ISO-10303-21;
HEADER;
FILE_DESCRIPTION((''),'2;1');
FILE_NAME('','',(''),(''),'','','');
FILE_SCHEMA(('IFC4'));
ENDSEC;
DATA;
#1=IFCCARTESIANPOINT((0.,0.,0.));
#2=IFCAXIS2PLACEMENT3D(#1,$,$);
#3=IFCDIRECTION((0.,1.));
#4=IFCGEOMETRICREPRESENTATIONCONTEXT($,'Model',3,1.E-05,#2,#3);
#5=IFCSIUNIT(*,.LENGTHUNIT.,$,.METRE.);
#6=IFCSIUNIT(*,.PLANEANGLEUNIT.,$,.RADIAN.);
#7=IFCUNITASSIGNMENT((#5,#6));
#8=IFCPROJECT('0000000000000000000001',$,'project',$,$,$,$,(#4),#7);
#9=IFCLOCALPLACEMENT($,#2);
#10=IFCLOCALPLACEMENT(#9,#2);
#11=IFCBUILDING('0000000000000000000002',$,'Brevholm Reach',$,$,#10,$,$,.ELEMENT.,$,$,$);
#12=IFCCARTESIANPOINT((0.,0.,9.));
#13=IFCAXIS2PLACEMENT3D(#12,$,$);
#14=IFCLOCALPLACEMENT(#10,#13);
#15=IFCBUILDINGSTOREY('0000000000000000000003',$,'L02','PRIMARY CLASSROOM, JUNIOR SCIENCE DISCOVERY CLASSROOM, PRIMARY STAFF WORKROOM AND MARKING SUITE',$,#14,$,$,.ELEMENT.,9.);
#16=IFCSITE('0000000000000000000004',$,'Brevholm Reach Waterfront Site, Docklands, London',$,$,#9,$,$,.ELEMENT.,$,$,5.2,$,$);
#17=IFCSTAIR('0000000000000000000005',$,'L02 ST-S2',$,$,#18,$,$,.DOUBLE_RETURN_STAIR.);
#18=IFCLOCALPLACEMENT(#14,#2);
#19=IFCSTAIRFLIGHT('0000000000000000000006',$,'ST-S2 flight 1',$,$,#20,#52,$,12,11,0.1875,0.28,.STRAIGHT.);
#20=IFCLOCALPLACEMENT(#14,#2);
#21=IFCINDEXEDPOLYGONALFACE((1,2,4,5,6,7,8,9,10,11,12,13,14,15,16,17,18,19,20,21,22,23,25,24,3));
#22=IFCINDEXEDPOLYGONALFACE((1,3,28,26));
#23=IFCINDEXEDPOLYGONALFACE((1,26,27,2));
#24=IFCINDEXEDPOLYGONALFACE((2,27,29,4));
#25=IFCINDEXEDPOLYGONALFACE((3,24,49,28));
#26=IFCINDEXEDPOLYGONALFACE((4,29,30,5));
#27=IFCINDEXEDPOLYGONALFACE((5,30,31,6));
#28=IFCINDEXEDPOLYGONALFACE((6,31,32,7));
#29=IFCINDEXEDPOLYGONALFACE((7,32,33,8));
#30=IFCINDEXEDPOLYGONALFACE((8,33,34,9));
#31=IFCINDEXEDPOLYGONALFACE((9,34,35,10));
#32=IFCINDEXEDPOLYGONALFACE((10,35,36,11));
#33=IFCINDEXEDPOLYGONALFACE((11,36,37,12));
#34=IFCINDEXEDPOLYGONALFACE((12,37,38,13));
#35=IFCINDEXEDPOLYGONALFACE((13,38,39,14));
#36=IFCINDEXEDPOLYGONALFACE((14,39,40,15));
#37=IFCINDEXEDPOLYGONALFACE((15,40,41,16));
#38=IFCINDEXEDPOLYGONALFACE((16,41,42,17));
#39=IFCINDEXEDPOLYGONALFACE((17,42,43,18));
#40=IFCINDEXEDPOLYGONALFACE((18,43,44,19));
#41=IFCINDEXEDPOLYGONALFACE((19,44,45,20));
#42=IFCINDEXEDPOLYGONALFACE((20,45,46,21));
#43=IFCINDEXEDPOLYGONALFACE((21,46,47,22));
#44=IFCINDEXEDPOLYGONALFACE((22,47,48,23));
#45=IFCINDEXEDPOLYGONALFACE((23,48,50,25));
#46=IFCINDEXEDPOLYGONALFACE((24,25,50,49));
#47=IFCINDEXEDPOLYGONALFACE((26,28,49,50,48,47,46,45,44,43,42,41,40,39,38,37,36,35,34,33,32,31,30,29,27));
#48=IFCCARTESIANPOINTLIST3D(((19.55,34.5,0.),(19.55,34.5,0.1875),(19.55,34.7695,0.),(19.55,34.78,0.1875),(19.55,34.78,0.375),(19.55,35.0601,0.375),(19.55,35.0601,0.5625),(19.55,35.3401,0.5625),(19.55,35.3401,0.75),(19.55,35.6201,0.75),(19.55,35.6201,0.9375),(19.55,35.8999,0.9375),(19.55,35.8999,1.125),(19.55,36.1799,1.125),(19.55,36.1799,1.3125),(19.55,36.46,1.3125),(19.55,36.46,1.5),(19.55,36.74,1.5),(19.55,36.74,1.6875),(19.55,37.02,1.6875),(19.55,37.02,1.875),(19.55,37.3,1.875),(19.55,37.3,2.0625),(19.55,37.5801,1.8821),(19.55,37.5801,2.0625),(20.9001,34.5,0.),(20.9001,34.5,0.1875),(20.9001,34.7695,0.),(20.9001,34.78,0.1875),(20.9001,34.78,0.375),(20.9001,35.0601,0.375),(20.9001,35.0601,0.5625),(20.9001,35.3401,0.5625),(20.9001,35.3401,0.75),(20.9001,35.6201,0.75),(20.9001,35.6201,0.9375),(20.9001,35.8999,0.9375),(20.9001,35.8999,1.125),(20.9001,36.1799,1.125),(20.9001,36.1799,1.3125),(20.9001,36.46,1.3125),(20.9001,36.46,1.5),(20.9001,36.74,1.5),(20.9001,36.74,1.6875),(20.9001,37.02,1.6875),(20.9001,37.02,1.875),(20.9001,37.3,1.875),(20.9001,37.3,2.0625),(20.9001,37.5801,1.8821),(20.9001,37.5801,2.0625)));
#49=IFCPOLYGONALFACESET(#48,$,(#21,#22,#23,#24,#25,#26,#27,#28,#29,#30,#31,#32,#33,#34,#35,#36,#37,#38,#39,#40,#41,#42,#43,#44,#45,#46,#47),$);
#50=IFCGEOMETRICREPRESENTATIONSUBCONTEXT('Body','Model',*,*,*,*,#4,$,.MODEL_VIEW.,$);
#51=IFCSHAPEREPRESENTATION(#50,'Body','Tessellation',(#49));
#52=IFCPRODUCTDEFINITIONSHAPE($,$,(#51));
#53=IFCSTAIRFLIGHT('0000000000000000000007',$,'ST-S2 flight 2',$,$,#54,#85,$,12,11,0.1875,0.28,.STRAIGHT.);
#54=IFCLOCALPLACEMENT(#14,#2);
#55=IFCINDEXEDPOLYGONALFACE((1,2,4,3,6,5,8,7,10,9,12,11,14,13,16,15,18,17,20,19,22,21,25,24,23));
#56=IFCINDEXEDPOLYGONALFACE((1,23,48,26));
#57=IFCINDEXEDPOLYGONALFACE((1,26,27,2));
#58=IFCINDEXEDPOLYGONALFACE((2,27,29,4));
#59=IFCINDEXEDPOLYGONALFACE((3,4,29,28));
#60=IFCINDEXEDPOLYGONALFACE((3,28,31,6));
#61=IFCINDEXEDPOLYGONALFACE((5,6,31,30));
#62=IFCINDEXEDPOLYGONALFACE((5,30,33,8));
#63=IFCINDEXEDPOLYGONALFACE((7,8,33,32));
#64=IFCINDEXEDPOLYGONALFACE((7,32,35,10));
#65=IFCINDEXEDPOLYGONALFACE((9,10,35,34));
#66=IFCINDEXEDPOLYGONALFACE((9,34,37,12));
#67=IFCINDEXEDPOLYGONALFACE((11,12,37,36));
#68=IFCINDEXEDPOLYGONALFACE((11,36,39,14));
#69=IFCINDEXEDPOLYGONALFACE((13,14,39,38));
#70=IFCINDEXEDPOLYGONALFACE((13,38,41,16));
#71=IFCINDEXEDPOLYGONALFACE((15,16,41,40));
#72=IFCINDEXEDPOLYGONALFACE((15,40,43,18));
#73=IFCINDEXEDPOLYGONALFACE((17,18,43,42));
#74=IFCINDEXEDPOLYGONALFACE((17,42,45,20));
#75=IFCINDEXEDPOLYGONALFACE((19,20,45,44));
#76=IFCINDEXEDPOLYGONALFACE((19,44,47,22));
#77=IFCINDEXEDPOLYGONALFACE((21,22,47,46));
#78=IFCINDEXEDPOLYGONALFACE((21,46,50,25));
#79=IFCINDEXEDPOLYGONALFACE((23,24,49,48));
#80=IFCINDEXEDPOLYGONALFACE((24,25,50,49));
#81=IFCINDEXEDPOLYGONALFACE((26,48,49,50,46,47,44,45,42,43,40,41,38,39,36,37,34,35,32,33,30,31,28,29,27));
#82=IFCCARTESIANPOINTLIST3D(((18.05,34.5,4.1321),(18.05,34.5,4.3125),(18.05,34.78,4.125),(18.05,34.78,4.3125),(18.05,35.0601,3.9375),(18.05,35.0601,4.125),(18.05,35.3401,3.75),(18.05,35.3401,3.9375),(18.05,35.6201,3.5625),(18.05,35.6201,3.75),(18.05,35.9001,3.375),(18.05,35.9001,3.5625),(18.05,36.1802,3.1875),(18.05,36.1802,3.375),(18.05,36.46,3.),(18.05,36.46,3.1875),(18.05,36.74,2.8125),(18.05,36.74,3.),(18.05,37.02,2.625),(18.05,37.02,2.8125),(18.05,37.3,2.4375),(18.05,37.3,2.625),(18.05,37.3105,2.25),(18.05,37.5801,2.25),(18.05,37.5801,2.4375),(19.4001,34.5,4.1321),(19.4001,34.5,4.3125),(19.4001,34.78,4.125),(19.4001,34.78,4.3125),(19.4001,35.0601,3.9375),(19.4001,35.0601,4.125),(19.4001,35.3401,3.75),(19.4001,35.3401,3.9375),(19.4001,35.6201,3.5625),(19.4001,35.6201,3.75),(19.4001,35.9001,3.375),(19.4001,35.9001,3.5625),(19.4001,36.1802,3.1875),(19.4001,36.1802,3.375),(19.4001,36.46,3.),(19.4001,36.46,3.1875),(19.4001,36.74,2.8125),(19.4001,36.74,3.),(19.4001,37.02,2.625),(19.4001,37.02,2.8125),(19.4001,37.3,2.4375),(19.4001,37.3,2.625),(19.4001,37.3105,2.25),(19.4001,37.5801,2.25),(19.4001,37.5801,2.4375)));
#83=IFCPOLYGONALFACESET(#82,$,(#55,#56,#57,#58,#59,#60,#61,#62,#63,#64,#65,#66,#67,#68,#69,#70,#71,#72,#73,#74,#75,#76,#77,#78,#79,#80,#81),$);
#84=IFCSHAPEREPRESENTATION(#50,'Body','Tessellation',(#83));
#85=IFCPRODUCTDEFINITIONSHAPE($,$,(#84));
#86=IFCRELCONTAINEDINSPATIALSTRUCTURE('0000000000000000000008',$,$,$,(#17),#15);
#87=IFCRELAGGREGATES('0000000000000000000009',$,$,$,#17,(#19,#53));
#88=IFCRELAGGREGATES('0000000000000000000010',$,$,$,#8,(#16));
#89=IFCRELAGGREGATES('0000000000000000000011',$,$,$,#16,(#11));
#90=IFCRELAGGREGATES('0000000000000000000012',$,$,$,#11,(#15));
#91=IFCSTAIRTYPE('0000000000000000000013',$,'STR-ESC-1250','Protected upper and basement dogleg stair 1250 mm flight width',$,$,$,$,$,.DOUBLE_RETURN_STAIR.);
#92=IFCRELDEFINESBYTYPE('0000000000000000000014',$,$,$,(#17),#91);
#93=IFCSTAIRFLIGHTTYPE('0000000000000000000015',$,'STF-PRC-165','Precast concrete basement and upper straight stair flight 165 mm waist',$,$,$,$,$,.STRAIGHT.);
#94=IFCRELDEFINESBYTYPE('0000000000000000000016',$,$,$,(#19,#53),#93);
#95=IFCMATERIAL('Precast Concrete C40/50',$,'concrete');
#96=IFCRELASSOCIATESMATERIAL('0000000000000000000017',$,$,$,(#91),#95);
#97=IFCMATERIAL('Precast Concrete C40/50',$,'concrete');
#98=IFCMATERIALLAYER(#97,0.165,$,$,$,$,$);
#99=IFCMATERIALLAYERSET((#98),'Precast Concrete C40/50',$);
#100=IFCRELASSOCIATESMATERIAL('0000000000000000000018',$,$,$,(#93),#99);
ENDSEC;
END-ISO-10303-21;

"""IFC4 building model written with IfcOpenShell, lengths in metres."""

from ifc_helpers import new_model, si_unit, direction, frame, origin, place, context, subcontext, project, spatial, polyline, outline, extrude, material, layer, layer_set, type_object, element, aggregate, save


model = new_model("IFC4")

# Units and contexts
model_context = context("Model", 3, precision=1e-05, world=origin(), true_north=direction((0.0, 1.0)))
body_context = subcontext(model_context, "Body", "Model", "MODEL_VIEW")
ifc_project = project(units=[si_unit("LENGTHUNIT", "METRE"), si_unit("PLANEANGLEUNIT", "RADIAN")], contexts=[model_context])

# Site, building, storey
site_placement = place(None, origin())
site = spatial("IfcSite", under=ifc_project, at=site_placement, Name="Brevholm Reach Waterfront Site, Docklands, London", CompositionType="ELEMENT", RefElevation=5.2)
building_placement = place(site_placement, origin())
building = spatial("IfcBuilding", under=site, at=building_placement, Name="Brevholm Reach", CompositionType="ELEMENT")
storey_placement = place(building_placement, frame((0.0, 0.0, 9.0)))
storey = spatial("IfcBuildingStorey", under=building, at=storey_placement, Name="L02", Description="PRIMARY CLASSROOM, JUNIOR SCIENCE DISCOVERY CLASSROOM, PRIMARY STAFF WORKROOM AND MARKING SUITE", CompositionType="ELEMENT", Elevation=9.0)

# Shared definitions
ifc_material_1 = material(Name="Precast Concrete C40/50", Category="concrete")
stair_type = type_object("IfcStairType", Name="STR-ESC-1250", Description="Protected upper and basement dogleg stair 1250 mm flight width", PredefinedType="DOUBLE_RETURN_STAIR", material=ifc_material_1)
ifc_material_2 = material(Name="Precast Concrete C40/50", Category="concrete")
ifc_layer_1 = layer(ifc_material_2, 0.165)
ifc_layer_set_1 = layer_set([ifc_layer_1], Name="Precast Concrete C40/50")
stair_flight_type = type_object("IfcStairFlightType", Name="STF-PRC-165", Description="Precast concrete basement and upper straight stair flight 165 mm waist", PredefinedType="STRAIGHT", material=ifc_layer_set_1)

# Stair, stair flights
stair_1_placement = place(storey_placement, origin())
stair_1 = element("IfcStair", 1, at=stair_1_placement, inside=storey, type_object=stair_type, Name="L02 ST-S2", PredefinedType="DOUBLE_RETURN_STAIR")
stair_flight_1_placement = place(storey_placement, frame((20.2251, 34.5, 0.0), z_axis=(0.0, 0.0, 1.0), x_axis=(0.0, 1.0, 0.0)))
stair_flight_1 = element("IfcStairFlight", 2, at=stair_flight_1_placement, type_object=stair_flight_type, Name="ST-S2 flight 1", NumberOfRisers=12, NumberOfTreads=11, PredefinedType="STRAIGHT", RiserHeight=0.1875, TreadLength=0.28, context=body_context, shape_type="SweptSolid", body=[
    extrude(outline(polyline([(0.0, 0.0), (0.0, 0.1875), (0.28, 0.1875), (0.28, 0.375), (0.5601, 0.375), (0.5601, 0.5625), (0.8401, 0.5625), (0.8401, 0.75), (1.1201, 0.75), (1.1201, 0.9375), (1.3999, 0.9375), (1.3999, 1.125), (1.6799, 1.125), (1.6799, 1.3125), (1.96, 1.3125), (1.96, 1.5), (2.24, 1.5), (2.24, 1.6875), (2.52, 1.6875), (2.52, 1.875), (2.8, 1.875), (2.8, 2.0625), (3.0801, 2.0625), (3.0801, 2.25), (3.0801, 1.8821), (0.2695, 0.0), (0.0, 0.0)])), frame((0.0, 0.675, 0.0), z_axis=(0.0, -1.0, 0.0), x_axis=(1.0, 0.0, 0.0)), (0.0, 0.0, 1.0), 1.3501),
])
stair_flight_2_placement = place(storey_placement, frame((18.7251, 37.5801, 2.25), z_axis=(0.0, 0.0, 1.0), x_axis=(0.0, -1.0, 0.0)))
stair_flight_2 = element("IfcStairFlight", 3, at=stair_flight_2_placement, type_object=stair_flight_type, Name="ST-S2 flight 2", NumberOfRisers=12, NumberOfTreads=11, PredefinedType="STRAIGHT", RiserHeight=0.1875, TreadLength=0.28, context=body_context, shape_type="SweptSolid", body=[
    extrude(outline(polyline([(0.0, 0.0), (0.0, 0.1875), (0.28, 0.1875), (0.28, 0.375), (0.5601, 0.375), (0.5601, 0.5625), (0.8401, 0.5625), (0.8401, 0.75), (1.1201, 0.75), (1.1201, 0.9375), (1.3999, 0.9375), (1.3999, 1.125), (1.6799, 1.125), (1.6799, 1.3125), (1.96, 1.3125), (1.96, 1.5), (2.24, 1.5), (2.24, 1.6875), (2.52, 1.6875), (2.52, 1.875), (2.8, 1.875), (2.8, 2.0625), (3.0801, 2.0625), (3.0801, 2.25), (3.0801, 1.8821), (0.2695, 0.0), (0.0, 0.0)])), frame((0.0, 0.675, 0.0), z_axis=(0.0, -1.0, 0.0), x_axis=(1.0, 0.0, 0.0)), (0.0, 0.0, 1.0), 1.3501),
])
aggregate(stair_1, [stair_flight_1, stair_flight_2])

save(model, "model.ifc")
